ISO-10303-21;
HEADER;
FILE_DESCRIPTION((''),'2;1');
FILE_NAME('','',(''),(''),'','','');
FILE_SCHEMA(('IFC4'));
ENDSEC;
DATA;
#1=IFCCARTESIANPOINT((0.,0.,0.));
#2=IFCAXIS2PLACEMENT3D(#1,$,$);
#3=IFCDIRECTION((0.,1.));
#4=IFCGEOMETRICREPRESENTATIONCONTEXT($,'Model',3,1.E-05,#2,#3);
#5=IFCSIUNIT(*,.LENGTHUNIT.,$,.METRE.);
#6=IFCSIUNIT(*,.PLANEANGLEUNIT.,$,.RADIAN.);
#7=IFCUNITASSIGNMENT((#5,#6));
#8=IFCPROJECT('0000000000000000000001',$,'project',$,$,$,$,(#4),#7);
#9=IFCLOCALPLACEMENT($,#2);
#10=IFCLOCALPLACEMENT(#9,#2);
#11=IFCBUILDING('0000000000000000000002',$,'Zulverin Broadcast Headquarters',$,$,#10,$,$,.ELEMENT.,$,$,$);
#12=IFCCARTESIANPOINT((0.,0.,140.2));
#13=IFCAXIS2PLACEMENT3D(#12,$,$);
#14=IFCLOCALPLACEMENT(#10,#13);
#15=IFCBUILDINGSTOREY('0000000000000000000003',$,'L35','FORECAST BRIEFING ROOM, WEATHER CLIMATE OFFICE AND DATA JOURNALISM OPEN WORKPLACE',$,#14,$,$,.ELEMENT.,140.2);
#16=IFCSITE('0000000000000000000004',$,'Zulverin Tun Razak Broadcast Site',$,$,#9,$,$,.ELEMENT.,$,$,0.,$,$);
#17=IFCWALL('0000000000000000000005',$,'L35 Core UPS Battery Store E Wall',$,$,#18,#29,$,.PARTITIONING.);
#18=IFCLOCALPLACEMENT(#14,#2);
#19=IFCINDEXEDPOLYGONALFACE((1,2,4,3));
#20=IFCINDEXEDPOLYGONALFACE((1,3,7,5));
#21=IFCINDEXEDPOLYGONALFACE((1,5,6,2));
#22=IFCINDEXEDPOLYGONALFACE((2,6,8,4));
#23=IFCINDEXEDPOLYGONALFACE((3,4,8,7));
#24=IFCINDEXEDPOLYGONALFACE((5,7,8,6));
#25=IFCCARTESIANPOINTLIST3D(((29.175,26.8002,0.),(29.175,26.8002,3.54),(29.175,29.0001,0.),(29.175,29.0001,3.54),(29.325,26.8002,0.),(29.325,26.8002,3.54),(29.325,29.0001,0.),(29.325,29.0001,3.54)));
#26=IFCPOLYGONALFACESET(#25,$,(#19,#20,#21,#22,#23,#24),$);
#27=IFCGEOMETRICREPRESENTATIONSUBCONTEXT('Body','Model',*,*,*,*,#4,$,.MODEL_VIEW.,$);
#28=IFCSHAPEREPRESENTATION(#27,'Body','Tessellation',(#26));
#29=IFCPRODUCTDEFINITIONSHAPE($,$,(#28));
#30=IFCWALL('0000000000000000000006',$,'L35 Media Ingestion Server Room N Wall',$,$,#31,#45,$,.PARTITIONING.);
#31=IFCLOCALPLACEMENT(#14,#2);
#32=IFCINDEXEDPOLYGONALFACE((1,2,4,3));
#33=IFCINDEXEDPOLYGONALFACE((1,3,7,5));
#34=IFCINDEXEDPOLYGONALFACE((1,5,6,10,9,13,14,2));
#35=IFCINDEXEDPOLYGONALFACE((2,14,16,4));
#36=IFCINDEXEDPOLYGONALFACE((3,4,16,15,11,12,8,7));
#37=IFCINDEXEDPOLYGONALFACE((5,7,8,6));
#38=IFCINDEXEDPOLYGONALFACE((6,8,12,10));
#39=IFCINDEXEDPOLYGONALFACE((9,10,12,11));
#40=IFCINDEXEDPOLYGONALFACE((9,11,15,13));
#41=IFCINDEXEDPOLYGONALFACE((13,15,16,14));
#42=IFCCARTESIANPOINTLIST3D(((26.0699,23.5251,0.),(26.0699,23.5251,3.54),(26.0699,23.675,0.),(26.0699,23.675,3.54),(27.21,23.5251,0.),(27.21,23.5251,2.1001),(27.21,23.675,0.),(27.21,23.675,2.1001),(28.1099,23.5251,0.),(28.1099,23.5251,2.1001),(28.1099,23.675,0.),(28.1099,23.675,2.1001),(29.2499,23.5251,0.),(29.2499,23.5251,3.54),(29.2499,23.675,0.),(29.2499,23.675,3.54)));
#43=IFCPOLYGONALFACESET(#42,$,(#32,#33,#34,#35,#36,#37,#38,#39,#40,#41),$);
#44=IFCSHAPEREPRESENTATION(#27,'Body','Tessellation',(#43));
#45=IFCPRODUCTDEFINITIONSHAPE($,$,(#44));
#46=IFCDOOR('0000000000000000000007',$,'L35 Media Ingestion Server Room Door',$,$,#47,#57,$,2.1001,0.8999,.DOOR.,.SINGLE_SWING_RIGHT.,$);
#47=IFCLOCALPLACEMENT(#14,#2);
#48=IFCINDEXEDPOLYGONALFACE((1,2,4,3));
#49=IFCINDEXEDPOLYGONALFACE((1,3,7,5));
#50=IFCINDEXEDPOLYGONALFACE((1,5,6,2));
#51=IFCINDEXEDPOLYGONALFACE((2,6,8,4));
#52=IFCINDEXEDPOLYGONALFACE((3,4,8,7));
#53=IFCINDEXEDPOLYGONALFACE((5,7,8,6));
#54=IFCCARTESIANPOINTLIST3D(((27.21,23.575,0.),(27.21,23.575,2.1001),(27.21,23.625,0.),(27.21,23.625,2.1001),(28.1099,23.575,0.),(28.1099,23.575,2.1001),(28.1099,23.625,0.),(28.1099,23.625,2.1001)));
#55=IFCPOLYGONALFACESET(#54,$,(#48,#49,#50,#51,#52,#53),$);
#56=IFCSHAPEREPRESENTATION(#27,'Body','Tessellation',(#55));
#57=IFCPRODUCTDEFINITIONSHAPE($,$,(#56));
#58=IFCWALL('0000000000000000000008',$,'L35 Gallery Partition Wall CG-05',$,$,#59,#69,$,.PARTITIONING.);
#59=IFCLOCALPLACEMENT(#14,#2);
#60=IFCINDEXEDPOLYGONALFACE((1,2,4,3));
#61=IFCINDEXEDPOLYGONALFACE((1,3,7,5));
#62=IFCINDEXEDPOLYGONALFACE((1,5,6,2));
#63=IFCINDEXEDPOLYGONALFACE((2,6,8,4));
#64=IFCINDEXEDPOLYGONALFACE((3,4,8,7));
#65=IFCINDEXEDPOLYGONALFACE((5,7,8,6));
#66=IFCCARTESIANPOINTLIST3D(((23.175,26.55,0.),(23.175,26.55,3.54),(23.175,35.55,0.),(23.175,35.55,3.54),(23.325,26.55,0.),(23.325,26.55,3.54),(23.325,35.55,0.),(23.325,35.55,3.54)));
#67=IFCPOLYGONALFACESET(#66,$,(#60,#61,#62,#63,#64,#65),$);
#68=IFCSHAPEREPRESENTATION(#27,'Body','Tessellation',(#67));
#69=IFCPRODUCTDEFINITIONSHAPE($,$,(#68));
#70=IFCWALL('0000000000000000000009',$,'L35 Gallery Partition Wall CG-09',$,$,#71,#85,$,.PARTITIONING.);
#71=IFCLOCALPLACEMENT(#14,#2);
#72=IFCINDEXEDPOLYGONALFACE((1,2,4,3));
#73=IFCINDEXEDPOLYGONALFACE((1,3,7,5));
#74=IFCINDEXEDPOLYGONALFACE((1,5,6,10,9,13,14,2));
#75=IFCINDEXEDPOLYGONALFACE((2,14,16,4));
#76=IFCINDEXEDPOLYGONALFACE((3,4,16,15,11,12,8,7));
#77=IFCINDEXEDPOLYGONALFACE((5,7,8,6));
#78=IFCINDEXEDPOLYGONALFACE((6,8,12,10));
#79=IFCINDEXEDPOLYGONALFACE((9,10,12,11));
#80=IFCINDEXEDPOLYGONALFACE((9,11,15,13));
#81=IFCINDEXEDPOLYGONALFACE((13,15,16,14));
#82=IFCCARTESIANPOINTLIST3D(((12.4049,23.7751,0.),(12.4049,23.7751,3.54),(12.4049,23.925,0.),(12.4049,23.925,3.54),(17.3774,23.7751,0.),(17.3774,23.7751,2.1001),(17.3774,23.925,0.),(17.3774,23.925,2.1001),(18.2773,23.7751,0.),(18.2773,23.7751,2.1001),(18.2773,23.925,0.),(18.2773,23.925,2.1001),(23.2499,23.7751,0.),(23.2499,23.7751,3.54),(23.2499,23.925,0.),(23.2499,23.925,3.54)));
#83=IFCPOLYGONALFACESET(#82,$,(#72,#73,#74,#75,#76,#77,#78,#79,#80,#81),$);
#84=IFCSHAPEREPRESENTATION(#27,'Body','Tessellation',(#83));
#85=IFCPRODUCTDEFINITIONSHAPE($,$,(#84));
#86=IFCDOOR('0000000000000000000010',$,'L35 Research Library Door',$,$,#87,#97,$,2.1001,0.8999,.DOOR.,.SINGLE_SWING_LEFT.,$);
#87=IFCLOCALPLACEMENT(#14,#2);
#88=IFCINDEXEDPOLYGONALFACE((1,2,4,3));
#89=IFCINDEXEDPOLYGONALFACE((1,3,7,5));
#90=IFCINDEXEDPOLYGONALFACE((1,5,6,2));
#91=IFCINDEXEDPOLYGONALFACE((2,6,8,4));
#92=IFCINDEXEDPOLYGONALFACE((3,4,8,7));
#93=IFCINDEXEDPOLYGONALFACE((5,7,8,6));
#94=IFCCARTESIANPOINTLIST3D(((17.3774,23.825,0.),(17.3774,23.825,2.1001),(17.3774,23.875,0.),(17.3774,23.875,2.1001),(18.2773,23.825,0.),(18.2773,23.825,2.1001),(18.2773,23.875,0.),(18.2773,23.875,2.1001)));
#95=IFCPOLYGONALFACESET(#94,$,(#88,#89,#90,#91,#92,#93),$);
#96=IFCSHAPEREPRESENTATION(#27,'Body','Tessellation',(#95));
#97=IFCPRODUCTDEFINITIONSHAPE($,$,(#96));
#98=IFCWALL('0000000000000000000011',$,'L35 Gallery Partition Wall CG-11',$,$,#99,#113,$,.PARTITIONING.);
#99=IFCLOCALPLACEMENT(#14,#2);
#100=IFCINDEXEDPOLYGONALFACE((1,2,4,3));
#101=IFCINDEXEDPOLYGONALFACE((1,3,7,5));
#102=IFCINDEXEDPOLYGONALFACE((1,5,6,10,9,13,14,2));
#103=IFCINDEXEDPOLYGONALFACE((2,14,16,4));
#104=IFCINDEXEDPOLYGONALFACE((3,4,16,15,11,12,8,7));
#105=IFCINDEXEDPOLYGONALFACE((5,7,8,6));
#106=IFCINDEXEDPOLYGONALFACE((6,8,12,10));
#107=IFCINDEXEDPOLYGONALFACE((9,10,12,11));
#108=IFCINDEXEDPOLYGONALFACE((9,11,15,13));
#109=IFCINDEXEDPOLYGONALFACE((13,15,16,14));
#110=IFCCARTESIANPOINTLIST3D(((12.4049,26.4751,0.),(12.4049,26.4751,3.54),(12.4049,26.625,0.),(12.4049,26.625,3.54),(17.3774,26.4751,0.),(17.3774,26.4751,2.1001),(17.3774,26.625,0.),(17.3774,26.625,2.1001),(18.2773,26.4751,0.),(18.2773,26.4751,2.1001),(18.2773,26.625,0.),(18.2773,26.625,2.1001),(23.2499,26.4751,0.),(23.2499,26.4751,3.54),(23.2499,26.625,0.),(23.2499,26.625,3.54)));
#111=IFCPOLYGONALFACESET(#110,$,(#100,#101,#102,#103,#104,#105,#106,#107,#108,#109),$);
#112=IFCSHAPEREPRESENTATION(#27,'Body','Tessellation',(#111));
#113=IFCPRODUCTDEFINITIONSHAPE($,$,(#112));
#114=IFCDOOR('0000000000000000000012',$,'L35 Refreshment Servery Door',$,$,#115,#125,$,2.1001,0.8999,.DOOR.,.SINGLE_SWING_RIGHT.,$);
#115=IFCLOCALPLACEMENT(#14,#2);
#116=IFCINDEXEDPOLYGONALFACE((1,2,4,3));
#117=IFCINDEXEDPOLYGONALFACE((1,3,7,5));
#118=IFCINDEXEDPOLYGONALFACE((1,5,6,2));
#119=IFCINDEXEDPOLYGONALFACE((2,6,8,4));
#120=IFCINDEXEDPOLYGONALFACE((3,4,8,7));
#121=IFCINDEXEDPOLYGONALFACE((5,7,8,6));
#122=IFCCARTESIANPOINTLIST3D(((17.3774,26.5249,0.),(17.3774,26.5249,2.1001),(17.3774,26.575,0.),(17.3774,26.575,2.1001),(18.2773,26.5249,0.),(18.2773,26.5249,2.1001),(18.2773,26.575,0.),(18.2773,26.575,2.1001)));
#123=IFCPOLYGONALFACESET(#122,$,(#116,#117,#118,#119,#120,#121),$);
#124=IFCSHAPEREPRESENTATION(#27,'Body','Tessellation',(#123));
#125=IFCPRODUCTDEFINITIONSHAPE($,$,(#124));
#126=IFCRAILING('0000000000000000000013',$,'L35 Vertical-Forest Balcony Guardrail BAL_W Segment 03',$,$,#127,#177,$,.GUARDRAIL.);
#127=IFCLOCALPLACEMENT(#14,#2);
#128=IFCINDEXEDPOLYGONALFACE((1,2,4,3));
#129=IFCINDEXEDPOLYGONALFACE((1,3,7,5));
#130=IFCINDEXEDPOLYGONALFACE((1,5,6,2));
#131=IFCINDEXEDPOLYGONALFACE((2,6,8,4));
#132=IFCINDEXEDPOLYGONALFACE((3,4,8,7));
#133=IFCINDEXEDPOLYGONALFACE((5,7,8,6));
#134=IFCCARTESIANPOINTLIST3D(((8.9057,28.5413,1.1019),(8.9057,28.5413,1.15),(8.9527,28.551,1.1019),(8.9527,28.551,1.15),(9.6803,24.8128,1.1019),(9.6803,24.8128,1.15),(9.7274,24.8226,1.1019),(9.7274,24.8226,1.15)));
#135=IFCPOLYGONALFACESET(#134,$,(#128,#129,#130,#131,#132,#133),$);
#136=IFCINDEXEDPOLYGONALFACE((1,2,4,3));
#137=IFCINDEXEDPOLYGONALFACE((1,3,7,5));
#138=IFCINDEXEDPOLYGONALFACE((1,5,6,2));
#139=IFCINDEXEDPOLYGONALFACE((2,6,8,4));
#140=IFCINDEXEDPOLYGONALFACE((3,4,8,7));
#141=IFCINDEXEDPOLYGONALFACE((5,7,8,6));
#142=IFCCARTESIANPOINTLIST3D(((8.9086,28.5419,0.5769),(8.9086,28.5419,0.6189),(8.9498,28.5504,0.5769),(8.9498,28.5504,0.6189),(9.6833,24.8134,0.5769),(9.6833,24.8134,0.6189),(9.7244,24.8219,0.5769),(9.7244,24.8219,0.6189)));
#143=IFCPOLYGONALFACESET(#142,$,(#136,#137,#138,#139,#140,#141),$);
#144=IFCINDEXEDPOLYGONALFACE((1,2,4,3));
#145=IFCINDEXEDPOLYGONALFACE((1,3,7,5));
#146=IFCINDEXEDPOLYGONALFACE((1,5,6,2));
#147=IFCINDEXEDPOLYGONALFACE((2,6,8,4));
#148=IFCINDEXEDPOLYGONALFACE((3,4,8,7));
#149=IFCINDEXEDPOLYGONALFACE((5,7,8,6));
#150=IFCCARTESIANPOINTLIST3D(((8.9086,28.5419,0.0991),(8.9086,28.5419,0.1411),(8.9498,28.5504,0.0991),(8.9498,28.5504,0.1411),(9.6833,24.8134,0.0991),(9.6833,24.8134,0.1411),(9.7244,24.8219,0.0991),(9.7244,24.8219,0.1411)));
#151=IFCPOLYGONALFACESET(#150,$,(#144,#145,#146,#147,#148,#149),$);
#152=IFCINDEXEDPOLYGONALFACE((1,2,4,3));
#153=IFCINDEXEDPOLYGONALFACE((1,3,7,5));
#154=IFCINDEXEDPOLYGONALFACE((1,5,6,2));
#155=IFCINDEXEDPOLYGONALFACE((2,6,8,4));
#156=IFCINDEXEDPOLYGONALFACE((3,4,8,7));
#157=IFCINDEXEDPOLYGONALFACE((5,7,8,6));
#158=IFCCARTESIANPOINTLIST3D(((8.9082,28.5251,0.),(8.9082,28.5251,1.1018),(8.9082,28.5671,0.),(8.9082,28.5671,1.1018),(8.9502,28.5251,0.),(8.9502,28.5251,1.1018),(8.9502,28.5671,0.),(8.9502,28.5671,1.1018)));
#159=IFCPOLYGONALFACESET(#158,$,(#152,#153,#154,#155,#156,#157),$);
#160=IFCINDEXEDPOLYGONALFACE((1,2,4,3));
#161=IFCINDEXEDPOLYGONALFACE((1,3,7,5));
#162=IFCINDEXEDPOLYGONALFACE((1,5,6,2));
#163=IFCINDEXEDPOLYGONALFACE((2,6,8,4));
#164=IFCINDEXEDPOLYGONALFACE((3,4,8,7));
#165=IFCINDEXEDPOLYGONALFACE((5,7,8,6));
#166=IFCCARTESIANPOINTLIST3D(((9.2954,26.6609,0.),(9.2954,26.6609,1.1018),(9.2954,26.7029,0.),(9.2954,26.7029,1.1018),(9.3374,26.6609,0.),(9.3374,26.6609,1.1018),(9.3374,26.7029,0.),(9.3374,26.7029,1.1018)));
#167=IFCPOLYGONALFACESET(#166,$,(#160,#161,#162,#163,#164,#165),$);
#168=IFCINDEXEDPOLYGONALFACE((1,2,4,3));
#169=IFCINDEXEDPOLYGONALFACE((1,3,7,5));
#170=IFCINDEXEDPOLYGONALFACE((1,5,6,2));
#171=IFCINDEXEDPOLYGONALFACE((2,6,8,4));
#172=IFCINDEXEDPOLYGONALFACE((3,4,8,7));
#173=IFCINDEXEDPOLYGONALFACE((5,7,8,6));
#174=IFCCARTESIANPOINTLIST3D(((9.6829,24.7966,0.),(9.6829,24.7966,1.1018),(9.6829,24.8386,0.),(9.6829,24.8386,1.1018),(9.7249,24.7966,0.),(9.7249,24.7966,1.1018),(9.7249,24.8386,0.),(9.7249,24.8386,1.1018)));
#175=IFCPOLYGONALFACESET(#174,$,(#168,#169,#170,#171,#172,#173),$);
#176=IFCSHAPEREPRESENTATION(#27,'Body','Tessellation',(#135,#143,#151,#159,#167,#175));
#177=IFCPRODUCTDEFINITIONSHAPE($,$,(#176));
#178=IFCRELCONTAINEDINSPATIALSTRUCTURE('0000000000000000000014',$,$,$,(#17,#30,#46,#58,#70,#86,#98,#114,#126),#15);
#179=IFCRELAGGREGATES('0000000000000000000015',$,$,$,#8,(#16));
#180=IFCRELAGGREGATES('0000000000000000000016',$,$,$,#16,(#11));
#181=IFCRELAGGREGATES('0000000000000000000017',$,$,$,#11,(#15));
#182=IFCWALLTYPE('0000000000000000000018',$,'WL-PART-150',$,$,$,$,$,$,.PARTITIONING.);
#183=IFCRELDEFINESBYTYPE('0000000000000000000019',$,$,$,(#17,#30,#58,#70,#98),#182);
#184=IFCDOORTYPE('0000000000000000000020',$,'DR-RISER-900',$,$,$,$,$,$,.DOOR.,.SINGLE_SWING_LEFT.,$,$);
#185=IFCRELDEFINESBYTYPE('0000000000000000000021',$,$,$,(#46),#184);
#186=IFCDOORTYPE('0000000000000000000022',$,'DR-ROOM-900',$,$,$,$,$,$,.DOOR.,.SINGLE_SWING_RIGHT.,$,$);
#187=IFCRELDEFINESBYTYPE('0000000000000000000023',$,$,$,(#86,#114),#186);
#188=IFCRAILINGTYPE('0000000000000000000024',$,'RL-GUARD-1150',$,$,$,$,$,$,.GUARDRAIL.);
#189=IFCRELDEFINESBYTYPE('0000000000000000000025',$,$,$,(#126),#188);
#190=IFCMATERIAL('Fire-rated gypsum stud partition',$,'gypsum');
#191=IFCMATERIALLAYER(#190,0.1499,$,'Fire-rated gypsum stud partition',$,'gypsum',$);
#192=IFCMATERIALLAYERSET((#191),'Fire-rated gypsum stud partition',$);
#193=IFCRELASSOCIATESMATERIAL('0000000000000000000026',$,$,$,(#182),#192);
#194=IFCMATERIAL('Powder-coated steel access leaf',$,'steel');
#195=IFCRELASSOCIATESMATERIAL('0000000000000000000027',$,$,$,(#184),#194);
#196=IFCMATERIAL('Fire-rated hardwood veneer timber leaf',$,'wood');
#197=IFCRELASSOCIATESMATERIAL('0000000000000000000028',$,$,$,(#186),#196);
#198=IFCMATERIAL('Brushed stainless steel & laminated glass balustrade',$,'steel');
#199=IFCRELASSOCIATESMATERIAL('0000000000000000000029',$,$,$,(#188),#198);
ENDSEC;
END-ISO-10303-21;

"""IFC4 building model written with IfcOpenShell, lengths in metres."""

from ifc_helpers import new_model, si_unit, direction, frame, frame_2d, origin, origin_2d, place, context, subcontext, project, spatial, rectangle, extrude, material, layer, layer_set, type_object, element, fill, save


model = new_model("IFC4")

# Units and contexts
model_context = context("Model", 3, precision=1e-05, world=origin(), true_north=direction((0.0, 1.0)))
body_context = subcontext(model_context, "Body", "Model", "MODEL_VIEW")
ifc_project = project(units=[si_unit("LENGTHUNIT", "METRE"), si_unit("PLANEANGLEUNIT", "RADIAN")], contexts=[model_context])

# Site, building, storey
site_placement = place(None, origin())
site = spatial("IfcSite", under=ifc_project, at=site_placement, Name="Zulverin Tun Razak Broadcast Site", CompositionType="ELEMENT", RefElevation=0.0)
building_placement = place(site_placement, origin())
building = spatial("IfcBuilding", under=site, at=building_placement, Name="Zulverin Broadcast Headquarters", CompositionType="ELEMENT")
storey_placement = place(building_placement, frame((0.0, 0.0, 140.2)))
storey = spatial("IfcBuildingStorey", under=building, at=storey_placement, Name="L35", Description="FORECAST BRIEFING ROOM, WEATHER CLIMATE OFFICE AND DATA JOURNALISM OPEN WORKPLACE", CompositionType="ELEMENT", Elevation=140.2)

# Shared definitions
ifc_material_1 = material(Name="Fire-rated gypsum stud partition", Category="gypsum")
ifc_layer_1 = layer(ifc_material_1, 0.1499, Name="Fire-rated gypsum stud partition", Category="gypsum")
ifc_layer_set_1 = layer_set([ifc_layer_1], Name="Fire-rated gypsum stud partition")
wall_type = type_object("IfcWallType", Name="WL-PART-150", PredefinedType="PARTITIONING", material=ifc_layer_set_1)

# Shared definitions
ifc_material_2 = material(Name="Powder-coated steel access leaf", Category="steel")
door_type_1 = type_object("IfcDoorType", Name="DR-RISER-900", OperationType="SINGLE_SWING_LEFT", PredefinedType="DOOR", material=ifc_material_2)

# Wall
wall_1_placement = place(storey_placement, frame((29.25, 26.8, 0.0), z_axis=(0.0, 0.0, 1.0), x_axis=(0.0, 1.0, 0.0)))
element("IfcWall", 1, at=wall_1_placement, inside=storey, type_object=wall_type, Name="L35 Core UPS Battery Store E Wall", PredefinedType="PARTITIONING", context=body_context, shape_type="SweptSolid", body=[
    extrude(rectangle(XDim=2.2, YDim=0.1499, at=frame_2d((1.1001, 0.0))), origin(), (0.0, 0.0, 1.0), 3.54),
])

# Wall, opening, door
wall_2_placement = place(storey_placement, frame((26.0701, 23.6001, 0.0), z_axis=(0.0, 0.0, 1.0), x_axis=(1.0, 0.0, 0.0)))
wall_2 = element("IfcWall", 2, at=wall_2_placement, inside=storey, type_object=wall_type, Name="L35 Media Ingestion Server Room N Wall", PredefinedType="PARTITIONING", context=body_context, shape_type="SweptSolid", body=[
    extrude(rectangle(XDim=3.1799, YDim=0.1499, at=frame_2d((1.5898, 0.0))), origin(), (0.0, 0.0, 1.0), 3.54),
])
opening_1_placement = place(wall_2_placement, frame((1.1399, 0.0, 0.0)))
opening_1 = element("IfcOpeningElement", 3, at=opening_1_placement, cuts=wall_2, PredefinedType="OPENING", context=body_context, shape_type="SweptSolid", body=[
    extrude(rectangle(XDim=0.8999, YDim=2.1001, at=frame_2d((0.45, 1.05))), frame((0.0, 0.085, 0.0), z_axis=(0.0, -1.0, 0.0), x_axis=(1.0, 0.0, 0.0)), (0.0, 0.0, 1.0), 0.1699),
])
door_1_placement = place(opening_1_placement, origin())
door_1 = element("IfcDoor", 4, at=door_1_placement, inside=storey, type_object=door_type_1, Name="L35 Media Ingestion Server Room Door", OperationType="SINGLE_SWING_RIGHT", OverallHeight=2.1001, OverallWidth=0.8999, PredefinedType="DOOR", context=body_context, shape_type="SweptSolid", body=[
    extrude(rectangle(XDim=0.8999, YDim=2.1001, at=frame_2d((0.45, 1.05))), frame((0.0, 0.0249, 0.0), z_axis=(0.0, -1.0, 0.0), x_axis=(1.0, 0.0, 0.0)), (0.0, 0.0, 1.0), 0.05),
])
fill(opening_1, door_1)

# Wall
wall_3_placement = place(storey_placement, frame((23.25, 26.55, 0.0), z_axis=(0.0, 0.0, 1.0), x_axis=(0.0, 1.0, 0.0)))
element("IfcWall", 5, at=wall_3_placement, inside=storey, type_object=wall_type, Name="L35 Gallery Partition Wall CG-05", PredefinedType="PARTITIONING", context=body_context, shape_type="SweptSolid", body=[
    extrude(rectangle(XDim=9.0, YDim=0.1499, at=frame_2d((4.5, 0.0))), origin(), (0.0, 0.0, 1.0), 3.54),
])

# Walls, openings, doors
wall_4_placement = place(storey_placement, frame((12.405, 23.8501, 0.0), z_axis=(0.0, 0.0, 1.0), x_axis=(1.0, 0.0, 0.0)))
wall_4 = element("IfcWall", 6, at=wall_4_placement, inside=storey, type_object=wall_type, Name="L35 Gallery Partition Wall CG-09", PredefinedType="PARTITIONING", context=body_context, shape_type="SweptSolid", body=[
    extrude(rectangle(XDim=10.845, YDim=0.1499, at=frame_2d((5.4224, 0.0))), origin(), (0.0, 0.0, 1.0), 3.54),
])
opening_2_placement = place(wall_4_placement, frame((4.9724, 0.0, 0.0)))
opening_2 = element("IfcOpeningElement", 7, at=opening_2_placement, cuts=wall_4, PredefinedType="OPENING", context=body_context, shape_type="SweptSolid", body=[
    extrude(rectangle(XDim=0.8999, YDim=2.1001, at=frame_2d((0.45, 1.05))), frame((0.0, 0.085, 0.0), z_axis=(0.0, -1.0, 0.0), x_axis=(1.0, 0.0, 0.0)), (0.0, 0.0, 1.0), 0.1699),
])
ifc_material_3 = material(Name="Fire-rated hardwood veneer timber leaf", Category="wood")
door_type_2 = type_object("IfcDoorType", Name="DR-ROOM-900", OperationType="SINGLE_SWING_RIGHT", PredefinedType="DOOR", material=ifc_material_3)
door_2_placement = place(opening_2_placement, origin())
door_2 = element("IfcDoor", 8, at=door_2_placement, inside=storey, type_object=door_type_2, Name="L35 Research Library Door", OperationType="SINGLE_SWING_LEFT", OverallHeight=2.1001, OverallWidth=0.8999, PredefinedType="DOOR", context=body_context, shape_type="SweptSolid", body=[
    extrude(rectangle(XDim=0.8999, YDim=2.1001, at=frame_2d((0.45, 1.05))), frame((0.0, 0.0249, 0.0), z_axis=(0.0, -1.0, 0.0), x_axis=(1.0, 0.0, 0.0)), (0.0, 0.0, 1.0), 0.05),
])
fill(opening_2, door_2)
wall_5_placement = place(storey_placement, frame((12.405, 26.55, 0.0), z_axis=(0.0, 0.0, 1.0), x_axis=(1.0, 0.0, 0.0)))
wall_5 = element("IfcWall", 9, at=wall_5_placement, inside=storey, type_object=wall_type, Name="L35 Gallery Partition Wall CG-11", PredefinedType="PARTITIONING", context=body_context, shape_type="SweptSolid", body=[
    extrude(rectangle(XDim=10.845, YDim=0.1499, at=frame_2d((5.4224, 0.0))), origin(), (0.0, 0.0, 1.0), 3.54),
])
opening_3_placement = place(wall_5_placement, frame((4.9724, 0.0, 0.0)))
opening_3 = element("IfcOpeningElement", 10, at=opening_3_placement, cuts=wall_5, PredefinedType="OPENING", context=body_context, shape_type="SweptSolid", body=[
    extrude(rectangle(XDim=0.8999, YDim=2.1001, at=frame_2d((0.45, 1.05))), frame((0.0, 0.085, 0.0), z_axis=(0.0, -1.0, 0.0), x_axis=(1.0, 0.0, 0.0)), (0.0, 0.0, 1.0), 0.1699),
])
door_3_placement = place(opening_3_placement, origin())
door_3 = element("IfcDoor", 11, at=door_3_placement, inside=storey, type_object=door_type_2, Name="L35 Refreshment Servery Door", OperationType="SINGLE_SWING_RIGHT", OverallHeight=2.1001, OverallWidth=0.8999, PredefinedType="DOOR", context=body_context, shape_type="SweptSolid", body=[
    extrude(rectangle(XDim=0.8999, YDim=2.1001, at=frame_2d((0.45, 1.05))), frame((0.0, 0.0249, 0.0), z_axis=(0.0, -1.0, 0.0), x_axis=(1.0, 0.0, 0.0)), (0.0, 0.0, 1.0), 0.05),
])
fill(opening_3, door_3)

# Railing
ifc_material_4 = material(Name="Brushed stainless steel & laminated glass balustrade", Category="steel")
railing_type = type_object("IfcRailingType", Name="RL-GUARD-1150", PredefinedType="GUARDRAIL", material=ifc_material_4)
railing_1_placement = place(storey_placement, frame((8.9292, 28.5461, 0.0)))
element("IfcRailing", 12, at=railing_1_placement, inside=storey, type_object=railing_type, Name="L35 Vertical-Forest Balcony Guardrail BAL_W Segment 03", PredefinedType="GUARDRAIL", context=body_context, shape_type="SweptSolid", body=[
    extrude(rectangle(XDim=0.0481, YDim=0.0481, at=origin_2d()), frame((0.0, 0.0, 1.126), z_axis=(0.203422, -0.979091, 0.0), x_axis=(0.979091, 0.203422, 0.0)), (0.0, 0.0, 1.0), 3.8081),
    extrude(rectangle(XDim=0.042, YDim=0.042, at=origin_2d()), frame((0.0, 0.0, 0.5979), z_axis=(0.203422, -0.979091, 0.0), x_axis=(0.979091, 0.203422, 0.0)), (0.0, 0.0, 1.0), 3.8081),
    extrude(rectangle(XDim=0.042, YDim=0.042, at=origin_2d()), frame((0.0, 0.0, 0.1201), z_axis=(0.203422, -0.979091, 0.0), x_axis=(0.979091, 0.203422, 0.0)), (0.0, 0.0, 1.0), 3.8081),
    extrude(rectangle(XDim=0.042, YDim=0.042, at=origin_2d()), origin(), (0.0, 0.0, 1.0), 1.1018),
    extrude(rectangle(XDim=0.042, YDim=0.042, at=origin_2d()), frame((0.3872, -1.8643, 0.0)), (0.0, 0.0, 1.0), 1.1018),
    extrude(rectangle(XDim=0.042, YDim=0.042, at=origin_2d()), frame((0.7747, -3.7285, 0.0)), (0.0, 0.0, 1.0), 1.1018),
])

save(model, "model.ifc")
